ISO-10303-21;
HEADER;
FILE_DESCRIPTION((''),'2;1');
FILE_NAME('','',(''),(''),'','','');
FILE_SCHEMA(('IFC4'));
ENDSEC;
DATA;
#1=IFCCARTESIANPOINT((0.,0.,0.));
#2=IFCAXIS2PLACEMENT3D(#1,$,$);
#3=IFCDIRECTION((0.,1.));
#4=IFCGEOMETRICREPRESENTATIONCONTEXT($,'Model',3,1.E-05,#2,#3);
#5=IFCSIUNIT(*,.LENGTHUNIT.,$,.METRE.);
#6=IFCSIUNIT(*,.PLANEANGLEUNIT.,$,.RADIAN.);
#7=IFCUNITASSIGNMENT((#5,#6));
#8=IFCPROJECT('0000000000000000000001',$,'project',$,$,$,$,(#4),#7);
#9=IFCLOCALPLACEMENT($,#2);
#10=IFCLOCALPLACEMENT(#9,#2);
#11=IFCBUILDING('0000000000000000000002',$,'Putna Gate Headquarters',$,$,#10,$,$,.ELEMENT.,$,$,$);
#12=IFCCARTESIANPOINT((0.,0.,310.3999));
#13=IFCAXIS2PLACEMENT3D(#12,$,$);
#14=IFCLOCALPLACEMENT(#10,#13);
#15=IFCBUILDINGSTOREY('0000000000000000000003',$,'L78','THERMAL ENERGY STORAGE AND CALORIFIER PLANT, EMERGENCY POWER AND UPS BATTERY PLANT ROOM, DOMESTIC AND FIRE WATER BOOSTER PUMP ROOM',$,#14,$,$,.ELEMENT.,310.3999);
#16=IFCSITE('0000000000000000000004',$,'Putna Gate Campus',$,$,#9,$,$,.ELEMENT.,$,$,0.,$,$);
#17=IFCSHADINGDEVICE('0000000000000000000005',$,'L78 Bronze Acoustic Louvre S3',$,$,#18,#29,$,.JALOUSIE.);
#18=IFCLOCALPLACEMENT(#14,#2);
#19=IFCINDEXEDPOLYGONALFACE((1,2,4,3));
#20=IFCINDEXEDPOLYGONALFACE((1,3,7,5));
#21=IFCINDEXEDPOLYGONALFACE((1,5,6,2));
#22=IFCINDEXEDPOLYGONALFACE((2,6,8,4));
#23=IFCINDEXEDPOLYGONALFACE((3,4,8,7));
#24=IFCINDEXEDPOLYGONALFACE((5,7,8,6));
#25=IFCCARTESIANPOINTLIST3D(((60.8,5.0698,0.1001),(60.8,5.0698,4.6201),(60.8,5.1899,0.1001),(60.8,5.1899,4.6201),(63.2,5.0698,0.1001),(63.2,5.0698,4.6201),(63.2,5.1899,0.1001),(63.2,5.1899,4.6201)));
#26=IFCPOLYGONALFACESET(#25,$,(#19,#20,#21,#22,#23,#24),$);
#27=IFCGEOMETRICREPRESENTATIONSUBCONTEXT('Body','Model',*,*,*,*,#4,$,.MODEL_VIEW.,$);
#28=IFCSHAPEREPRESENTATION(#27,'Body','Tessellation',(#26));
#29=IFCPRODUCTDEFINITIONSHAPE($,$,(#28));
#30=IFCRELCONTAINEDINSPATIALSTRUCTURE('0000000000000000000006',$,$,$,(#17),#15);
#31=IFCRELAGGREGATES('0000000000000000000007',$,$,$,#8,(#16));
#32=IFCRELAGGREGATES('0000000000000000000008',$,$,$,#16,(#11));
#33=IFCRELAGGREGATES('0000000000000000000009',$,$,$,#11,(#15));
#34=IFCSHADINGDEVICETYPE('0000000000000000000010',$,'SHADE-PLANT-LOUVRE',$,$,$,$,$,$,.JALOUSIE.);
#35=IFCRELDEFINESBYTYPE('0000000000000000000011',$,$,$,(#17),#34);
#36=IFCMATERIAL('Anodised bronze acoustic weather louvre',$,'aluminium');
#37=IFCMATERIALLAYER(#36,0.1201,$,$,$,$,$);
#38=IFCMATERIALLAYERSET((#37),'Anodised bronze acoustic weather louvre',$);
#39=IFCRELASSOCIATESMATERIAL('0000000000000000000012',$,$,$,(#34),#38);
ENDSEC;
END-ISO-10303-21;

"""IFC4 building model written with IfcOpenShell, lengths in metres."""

from ifc_helpers import new_model, si_unit, direction, frame, origin, origin_2d, place, context, subcontext, project, spatial, rectangle, extrude, material, layer, layer_set, type_object, element, save


model = new_model("IFC4")

# Units and contexts
model_context = context("Model", 3, precision=1e-05, world=origin(), true_north=direction((0.0, 1.0)))
body_context = subcontext(model_context, "Body", "Model", "MODEL_VIEW")
ifc_project = project(units=[si_unit("LENGTHUNIT", "METRE"), si_unit("PLANEANGLEUNIT", "RADIAN")], contexts=[model_context])

# Site, building, storey
site_placement = place(None, origin())
site = spatial("IfcSite", under=ifc_project, at=site_placement, Name="Putna Gate Campus", CompositionType="ELEMENT", RefElevation=0.0)
building_placement = place(site_placement, origin())
building = spatial("IfcBuilding", under=site, at=building_placement, Name="Putna Gate Headquarters", CompositionType="ELEMENT")
storey_placement = place(building_placement, frame((0.0, 0.0, 310.3999)))
storey = spatial("IfcBuildingStorey", under=building, at=storey_placement, Name="L78", Description="THERMAL ENERGY STORAGE AND CALORIFIER PLANT, EMERGENCY POWER AND UPS BATTERY PLANT ROOM, DOMESTIC AND FIRE WATER BOOSTER PUMP ROOM", CompositionType="ELEMENT", Elevation=310.3999)

# Shading device
ifc_material_1 = material(Name="Anodised bronze acoustic weather louvre", Category="aluminium")
ifc_layer_1 = layer(ifc_material_1, 0.1201)
ifc_layer_set_1 = layer_set([ifc_layer_1], Name="Anodised bronze acoustic weather louvre")
shading_device_type = type_object("IfcShadingDeviceType", Name="SHADE-PLANT-LOUVRE", PredefinedType="JALOUSIE", material=ifc_layer_set_1)
shading_device_placement = place(storey_placement, frame((62.0, 5.1299, 0.1001), z_axis=(0.0, 0.0, 1.0), x_axis=(1.0, 0.0, 0.0)))
element("IfcShadingDevice", 1, at=shading_device_placement, inside=storey, type_object=shading_device_type, Name="L78 Bronze Acoustic Louvre S3", PredefinedType="JALOUSIE", context=body_context, shape_type="SweptSolid", body=[
    extrude(rectangle(XDim=2.3999, YDim=0.1201, at=origin_2d()), origin(), (0.0, 0.0, 1.0), 4.52),
])

save(model, "model.ifc")
